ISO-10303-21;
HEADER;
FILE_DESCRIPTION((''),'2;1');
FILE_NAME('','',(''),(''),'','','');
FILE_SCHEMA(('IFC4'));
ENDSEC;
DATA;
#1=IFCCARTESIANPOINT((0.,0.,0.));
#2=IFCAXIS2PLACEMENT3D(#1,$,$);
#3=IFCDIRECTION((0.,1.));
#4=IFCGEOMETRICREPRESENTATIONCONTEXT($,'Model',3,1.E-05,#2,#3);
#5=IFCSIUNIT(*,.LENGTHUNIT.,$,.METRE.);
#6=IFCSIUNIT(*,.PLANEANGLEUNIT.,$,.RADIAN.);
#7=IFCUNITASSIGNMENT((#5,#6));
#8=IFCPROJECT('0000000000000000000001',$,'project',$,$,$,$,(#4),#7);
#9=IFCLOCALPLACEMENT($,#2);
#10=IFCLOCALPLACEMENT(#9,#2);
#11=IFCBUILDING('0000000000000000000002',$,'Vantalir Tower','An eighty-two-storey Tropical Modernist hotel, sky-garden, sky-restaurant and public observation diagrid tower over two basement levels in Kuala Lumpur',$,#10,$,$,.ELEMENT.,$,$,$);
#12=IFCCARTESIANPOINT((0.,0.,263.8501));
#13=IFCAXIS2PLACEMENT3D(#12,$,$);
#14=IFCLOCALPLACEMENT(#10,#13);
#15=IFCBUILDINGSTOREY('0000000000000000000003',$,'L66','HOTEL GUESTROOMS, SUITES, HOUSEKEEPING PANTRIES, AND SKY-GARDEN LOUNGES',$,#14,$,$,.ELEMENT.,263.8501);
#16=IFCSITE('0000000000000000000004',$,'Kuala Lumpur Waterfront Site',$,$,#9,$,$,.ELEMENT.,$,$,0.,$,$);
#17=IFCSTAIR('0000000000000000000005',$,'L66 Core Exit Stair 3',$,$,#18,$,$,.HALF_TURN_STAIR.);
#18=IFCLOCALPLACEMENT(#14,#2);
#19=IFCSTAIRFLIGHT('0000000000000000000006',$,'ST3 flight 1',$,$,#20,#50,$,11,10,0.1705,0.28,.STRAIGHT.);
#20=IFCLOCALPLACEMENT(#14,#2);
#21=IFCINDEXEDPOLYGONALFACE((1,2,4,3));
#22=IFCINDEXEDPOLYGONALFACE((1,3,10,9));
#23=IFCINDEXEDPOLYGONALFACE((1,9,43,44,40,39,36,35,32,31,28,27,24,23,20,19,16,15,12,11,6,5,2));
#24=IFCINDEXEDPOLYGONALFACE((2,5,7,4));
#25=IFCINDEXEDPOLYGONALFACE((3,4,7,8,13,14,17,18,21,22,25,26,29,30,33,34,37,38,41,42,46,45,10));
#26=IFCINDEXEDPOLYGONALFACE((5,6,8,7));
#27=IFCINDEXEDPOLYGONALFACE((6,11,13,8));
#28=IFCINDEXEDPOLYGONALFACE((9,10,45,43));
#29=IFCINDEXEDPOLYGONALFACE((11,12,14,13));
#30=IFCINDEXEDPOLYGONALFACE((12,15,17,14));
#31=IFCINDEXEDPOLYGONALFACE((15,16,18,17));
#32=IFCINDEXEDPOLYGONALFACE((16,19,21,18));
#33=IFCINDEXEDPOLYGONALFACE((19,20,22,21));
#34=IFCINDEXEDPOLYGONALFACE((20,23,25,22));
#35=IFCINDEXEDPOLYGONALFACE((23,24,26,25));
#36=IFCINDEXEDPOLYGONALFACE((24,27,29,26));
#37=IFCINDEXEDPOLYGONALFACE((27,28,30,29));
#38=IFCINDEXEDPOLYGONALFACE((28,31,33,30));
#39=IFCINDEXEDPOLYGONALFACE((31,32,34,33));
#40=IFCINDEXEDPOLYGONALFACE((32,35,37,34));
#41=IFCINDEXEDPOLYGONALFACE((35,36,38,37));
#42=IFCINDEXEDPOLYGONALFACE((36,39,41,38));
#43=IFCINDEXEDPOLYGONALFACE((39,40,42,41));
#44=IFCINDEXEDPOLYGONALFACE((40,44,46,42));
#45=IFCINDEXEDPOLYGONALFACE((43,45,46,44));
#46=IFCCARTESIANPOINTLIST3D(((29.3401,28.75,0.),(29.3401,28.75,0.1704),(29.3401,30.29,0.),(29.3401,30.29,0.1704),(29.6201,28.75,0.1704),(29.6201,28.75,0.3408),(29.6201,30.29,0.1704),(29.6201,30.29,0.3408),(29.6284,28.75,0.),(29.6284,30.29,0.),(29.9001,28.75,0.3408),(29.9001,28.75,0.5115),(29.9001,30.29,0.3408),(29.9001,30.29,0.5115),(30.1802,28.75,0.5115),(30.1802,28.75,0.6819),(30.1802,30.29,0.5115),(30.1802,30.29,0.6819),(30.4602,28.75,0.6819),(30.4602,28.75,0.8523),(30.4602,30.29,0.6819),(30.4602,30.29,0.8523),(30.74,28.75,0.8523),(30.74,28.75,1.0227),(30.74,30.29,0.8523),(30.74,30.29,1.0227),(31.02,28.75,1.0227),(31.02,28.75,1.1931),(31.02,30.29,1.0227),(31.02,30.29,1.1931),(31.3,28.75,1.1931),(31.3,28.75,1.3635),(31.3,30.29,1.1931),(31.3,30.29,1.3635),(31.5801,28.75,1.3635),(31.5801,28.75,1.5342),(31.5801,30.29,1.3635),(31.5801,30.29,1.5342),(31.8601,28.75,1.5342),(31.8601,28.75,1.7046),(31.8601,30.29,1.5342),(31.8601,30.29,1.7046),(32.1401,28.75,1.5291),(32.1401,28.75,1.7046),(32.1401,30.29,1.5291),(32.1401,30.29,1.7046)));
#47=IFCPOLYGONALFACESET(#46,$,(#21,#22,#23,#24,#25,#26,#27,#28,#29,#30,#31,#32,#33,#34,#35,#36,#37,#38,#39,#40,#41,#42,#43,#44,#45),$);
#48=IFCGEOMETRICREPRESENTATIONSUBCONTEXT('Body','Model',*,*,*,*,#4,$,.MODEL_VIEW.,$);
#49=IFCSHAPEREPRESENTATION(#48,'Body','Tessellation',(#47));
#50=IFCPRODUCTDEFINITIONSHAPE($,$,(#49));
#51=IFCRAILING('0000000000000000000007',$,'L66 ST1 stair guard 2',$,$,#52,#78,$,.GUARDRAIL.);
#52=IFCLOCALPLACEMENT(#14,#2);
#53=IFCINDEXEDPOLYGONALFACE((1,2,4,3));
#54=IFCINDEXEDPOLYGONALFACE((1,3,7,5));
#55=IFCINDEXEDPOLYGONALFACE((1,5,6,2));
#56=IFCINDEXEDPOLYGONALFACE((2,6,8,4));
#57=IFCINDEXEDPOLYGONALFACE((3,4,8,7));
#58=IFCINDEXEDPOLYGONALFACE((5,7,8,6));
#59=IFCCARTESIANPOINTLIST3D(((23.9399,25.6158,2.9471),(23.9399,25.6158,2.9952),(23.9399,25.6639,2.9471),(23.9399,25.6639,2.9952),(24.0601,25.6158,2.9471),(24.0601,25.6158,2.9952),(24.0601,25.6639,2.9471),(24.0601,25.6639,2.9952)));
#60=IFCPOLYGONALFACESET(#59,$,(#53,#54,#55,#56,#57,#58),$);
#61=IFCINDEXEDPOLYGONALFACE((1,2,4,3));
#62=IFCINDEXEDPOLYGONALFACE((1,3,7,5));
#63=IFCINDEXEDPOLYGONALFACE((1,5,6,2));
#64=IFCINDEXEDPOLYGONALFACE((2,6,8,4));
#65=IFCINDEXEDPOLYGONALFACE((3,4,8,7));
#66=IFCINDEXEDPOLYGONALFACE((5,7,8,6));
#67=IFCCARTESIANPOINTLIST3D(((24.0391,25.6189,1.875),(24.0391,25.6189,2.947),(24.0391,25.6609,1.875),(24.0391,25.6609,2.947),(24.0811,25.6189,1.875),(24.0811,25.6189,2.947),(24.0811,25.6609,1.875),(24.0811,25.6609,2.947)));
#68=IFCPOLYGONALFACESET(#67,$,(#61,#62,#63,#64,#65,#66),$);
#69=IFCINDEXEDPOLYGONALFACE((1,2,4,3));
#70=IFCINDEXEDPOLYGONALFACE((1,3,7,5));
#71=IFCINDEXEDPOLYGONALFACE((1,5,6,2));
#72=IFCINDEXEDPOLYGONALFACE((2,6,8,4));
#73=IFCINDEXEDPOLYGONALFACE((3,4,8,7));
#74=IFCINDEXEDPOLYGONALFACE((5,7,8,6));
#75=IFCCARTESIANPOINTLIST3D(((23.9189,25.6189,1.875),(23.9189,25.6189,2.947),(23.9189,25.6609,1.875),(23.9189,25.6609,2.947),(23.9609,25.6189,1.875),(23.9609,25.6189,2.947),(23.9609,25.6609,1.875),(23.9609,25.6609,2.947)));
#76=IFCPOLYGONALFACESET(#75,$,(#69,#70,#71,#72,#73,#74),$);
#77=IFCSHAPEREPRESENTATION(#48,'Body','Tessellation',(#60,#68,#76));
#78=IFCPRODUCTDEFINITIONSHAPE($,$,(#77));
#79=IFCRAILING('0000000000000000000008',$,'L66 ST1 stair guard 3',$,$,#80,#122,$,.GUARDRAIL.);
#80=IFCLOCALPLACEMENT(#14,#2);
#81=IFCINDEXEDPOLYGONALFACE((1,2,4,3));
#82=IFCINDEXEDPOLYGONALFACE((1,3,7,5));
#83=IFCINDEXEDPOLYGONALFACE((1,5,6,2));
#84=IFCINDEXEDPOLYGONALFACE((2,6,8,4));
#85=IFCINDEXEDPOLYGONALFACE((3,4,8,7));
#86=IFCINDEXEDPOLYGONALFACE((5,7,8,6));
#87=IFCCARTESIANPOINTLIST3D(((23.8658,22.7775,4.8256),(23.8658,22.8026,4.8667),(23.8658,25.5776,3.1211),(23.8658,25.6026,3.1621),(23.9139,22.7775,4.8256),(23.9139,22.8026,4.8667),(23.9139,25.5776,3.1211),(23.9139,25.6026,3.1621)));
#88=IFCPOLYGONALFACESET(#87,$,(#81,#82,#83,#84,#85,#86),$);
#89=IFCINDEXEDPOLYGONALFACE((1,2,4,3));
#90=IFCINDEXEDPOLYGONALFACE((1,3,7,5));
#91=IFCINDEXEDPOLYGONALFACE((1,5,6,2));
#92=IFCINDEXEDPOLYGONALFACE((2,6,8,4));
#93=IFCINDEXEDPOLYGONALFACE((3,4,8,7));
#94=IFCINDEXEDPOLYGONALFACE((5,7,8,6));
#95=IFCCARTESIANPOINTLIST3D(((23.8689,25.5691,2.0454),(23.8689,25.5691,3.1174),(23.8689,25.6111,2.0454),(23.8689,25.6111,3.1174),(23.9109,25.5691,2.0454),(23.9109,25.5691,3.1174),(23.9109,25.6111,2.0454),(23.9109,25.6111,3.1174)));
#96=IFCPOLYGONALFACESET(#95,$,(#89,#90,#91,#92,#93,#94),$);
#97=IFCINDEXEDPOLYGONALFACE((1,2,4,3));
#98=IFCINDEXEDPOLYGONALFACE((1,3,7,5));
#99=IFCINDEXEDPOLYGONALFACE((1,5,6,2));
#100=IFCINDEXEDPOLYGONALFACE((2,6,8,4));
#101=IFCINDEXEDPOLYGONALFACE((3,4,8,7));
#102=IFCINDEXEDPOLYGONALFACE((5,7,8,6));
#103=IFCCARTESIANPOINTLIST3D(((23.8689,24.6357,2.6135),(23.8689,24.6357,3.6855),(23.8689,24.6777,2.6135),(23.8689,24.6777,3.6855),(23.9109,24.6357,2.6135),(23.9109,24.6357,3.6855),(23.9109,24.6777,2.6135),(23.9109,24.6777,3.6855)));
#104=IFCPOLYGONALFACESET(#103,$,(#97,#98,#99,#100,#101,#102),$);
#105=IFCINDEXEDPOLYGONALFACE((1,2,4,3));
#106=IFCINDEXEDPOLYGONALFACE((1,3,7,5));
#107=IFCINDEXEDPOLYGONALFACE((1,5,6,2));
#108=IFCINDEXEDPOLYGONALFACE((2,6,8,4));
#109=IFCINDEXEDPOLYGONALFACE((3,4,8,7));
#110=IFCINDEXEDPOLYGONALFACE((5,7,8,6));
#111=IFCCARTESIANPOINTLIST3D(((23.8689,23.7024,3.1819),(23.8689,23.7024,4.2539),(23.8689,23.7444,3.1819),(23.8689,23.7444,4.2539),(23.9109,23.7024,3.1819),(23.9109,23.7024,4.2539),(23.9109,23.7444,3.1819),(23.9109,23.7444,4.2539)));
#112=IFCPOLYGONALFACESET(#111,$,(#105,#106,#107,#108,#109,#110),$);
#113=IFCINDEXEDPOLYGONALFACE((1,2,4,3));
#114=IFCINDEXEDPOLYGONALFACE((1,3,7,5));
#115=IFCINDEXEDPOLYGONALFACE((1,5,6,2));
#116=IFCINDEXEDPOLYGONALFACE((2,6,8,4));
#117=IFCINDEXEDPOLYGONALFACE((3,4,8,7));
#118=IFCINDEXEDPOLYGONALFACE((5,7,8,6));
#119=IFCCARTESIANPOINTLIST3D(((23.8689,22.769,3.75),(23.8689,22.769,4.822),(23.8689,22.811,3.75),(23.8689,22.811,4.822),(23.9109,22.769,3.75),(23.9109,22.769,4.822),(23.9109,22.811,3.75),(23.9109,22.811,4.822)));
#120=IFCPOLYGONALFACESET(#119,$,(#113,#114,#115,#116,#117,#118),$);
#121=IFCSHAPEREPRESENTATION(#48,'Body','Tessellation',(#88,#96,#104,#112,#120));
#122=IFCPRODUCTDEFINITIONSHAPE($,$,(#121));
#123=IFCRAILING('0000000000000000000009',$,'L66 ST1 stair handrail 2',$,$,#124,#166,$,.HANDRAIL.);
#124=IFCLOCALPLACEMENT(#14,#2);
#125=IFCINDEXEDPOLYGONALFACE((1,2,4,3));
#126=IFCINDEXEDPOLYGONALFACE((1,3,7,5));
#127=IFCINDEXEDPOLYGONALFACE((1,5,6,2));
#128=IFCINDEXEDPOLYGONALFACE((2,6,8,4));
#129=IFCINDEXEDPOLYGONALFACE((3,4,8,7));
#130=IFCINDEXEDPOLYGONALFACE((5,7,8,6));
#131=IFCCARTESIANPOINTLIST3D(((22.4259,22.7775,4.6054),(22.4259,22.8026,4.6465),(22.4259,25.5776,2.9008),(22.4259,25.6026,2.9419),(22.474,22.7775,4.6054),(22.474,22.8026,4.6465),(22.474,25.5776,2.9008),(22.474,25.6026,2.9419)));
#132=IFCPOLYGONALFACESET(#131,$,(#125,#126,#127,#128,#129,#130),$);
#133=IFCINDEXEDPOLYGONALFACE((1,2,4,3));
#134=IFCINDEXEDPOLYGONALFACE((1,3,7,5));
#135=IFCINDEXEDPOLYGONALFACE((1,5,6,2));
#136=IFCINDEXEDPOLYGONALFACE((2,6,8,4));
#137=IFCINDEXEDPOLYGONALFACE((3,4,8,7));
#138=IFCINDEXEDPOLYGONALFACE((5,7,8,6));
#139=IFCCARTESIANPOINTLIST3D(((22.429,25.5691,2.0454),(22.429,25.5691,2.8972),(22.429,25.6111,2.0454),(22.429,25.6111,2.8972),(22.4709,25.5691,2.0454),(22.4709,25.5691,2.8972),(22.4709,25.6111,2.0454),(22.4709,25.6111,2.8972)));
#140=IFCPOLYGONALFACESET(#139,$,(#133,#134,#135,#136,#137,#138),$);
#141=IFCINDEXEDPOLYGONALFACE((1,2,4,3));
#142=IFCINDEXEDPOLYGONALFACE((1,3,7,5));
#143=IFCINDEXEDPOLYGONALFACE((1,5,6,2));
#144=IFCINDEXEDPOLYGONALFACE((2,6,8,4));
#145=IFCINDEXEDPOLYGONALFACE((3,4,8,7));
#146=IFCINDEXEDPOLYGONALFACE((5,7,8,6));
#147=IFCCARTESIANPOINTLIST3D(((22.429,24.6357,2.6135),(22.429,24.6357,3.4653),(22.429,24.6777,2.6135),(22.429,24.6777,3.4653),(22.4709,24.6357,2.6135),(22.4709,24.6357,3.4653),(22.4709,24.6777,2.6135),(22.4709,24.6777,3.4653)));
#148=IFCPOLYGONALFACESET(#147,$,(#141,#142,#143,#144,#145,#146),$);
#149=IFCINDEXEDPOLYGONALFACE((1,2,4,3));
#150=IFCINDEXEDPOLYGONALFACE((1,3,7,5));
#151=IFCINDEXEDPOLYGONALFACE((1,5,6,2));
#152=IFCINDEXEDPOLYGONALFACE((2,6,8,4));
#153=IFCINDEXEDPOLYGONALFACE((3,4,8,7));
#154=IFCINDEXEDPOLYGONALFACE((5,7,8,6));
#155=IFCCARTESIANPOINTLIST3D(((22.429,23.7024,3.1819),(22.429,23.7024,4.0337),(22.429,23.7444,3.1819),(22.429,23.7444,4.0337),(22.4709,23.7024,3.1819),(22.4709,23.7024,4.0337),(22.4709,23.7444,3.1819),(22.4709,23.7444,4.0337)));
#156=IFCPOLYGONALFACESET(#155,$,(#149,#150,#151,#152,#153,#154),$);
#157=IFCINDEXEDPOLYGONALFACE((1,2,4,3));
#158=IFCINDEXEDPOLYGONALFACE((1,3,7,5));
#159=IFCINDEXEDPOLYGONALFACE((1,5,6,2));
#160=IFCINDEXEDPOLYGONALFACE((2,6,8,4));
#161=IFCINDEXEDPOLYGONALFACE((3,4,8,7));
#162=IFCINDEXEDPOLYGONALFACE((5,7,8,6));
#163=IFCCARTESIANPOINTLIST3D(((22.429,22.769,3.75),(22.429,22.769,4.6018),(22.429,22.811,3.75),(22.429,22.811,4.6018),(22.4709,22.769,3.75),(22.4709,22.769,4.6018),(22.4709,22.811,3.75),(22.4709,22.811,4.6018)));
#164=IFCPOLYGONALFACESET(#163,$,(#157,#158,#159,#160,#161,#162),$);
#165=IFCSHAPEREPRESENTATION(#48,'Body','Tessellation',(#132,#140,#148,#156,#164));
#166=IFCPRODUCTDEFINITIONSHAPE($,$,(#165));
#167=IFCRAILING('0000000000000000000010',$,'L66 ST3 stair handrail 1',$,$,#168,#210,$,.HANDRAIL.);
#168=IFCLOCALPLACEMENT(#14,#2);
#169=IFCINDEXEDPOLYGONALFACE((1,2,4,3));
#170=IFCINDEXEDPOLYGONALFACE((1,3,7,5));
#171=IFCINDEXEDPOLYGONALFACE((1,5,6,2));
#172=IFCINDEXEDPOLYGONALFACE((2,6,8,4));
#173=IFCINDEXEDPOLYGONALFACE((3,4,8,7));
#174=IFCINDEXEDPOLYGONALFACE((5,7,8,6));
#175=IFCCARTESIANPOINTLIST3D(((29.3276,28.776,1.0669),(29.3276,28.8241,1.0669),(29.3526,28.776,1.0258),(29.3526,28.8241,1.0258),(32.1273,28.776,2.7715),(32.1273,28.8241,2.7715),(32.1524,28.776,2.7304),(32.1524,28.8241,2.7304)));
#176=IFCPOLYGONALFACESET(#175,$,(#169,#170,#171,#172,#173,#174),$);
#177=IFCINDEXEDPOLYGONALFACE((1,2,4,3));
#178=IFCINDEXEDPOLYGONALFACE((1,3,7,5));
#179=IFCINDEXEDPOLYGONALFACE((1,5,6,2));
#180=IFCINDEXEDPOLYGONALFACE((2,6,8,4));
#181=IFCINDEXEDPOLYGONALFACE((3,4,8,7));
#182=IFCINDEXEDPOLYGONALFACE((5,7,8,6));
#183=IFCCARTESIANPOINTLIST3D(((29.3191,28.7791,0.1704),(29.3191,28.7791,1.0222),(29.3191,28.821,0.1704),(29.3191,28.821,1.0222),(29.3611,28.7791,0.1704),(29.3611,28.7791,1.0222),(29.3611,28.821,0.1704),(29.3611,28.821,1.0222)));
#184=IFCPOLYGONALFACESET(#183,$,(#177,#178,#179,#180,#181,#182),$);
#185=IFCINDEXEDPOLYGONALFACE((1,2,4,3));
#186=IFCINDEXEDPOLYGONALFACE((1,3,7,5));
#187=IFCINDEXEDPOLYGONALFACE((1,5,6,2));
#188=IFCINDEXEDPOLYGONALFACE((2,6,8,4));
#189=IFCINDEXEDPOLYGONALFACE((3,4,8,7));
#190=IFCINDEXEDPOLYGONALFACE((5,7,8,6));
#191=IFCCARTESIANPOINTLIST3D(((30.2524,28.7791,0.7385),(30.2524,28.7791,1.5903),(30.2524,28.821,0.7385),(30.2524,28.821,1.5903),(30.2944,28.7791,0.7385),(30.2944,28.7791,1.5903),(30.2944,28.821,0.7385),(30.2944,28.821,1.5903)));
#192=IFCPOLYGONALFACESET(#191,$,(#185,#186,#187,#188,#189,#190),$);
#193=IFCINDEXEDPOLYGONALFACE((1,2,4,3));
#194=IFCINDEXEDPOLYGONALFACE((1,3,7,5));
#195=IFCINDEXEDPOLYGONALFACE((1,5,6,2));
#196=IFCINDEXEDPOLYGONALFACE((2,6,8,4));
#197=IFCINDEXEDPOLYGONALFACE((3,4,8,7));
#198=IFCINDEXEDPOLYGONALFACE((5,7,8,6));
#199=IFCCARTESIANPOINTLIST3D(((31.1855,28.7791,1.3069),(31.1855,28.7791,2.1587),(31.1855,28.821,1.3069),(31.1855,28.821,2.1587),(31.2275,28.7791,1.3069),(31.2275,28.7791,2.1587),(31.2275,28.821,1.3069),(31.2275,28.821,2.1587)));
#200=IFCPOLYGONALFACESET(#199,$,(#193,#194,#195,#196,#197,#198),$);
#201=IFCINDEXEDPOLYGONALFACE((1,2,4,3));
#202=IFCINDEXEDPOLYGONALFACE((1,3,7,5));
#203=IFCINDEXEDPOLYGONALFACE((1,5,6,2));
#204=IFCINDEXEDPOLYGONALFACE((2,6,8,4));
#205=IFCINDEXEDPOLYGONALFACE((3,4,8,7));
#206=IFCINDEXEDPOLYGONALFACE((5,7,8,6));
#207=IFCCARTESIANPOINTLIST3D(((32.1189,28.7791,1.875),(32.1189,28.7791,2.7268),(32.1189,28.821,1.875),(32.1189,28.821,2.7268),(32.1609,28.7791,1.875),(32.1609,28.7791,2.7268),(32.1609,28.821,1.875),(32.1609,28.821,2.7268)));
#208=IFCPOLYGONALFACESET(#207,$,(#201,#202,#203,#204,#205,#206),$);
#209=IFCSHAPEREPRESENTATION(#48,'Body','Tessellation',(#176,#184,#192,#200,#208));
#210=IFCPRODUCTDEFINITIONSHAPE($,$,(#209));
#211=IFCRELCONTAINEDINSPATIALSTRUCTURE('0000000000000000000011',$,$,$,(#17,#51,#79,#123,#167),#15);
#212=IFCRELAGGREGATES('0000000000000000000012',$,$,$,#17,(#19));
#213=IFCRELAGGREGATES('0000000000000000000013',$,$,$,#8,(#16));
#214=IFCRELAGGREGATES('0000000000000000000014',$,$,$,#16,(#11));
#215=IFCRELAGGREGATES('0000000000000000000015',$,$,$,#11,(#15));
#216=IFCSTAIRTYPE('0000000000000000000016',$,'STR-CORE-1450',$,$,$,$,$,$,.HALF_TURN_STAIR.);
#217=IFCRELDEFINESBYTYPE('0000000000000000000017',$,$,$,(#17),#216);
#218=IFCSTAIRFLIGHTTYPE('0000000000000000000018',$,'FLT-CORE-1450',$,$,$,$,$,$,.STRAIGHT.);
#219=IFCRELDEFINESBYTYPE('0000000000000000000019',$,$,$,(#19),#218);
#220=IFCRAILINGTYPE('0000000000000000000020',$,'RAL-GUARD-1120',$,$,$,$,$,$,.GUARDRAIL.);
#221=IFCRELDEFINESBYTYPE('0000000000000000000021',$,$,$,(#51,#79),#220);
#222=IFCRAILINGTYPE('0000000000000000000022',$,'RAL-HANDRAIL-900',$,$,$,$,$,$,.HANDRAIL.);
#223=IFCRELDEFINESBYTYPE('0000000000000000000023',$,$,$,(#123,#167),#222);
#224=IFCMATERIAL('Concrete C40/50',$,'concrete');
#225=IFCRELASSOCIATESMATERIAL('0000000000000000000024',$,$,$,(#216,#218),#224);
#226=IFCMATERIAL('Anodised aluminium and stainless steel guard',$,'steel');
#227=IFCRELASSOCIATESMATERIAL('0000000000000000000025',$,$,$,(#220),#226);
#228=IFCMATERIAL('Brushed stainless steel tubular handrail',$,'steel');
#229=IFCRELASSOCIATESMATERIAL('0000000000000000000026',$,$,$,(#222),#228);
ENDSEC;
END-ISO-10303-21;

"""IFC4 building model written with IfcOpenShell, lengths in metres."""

from ifc_helpers import new_model, si_unit, direction, frame, origin, origin_2d, place, context, subcontext, project, spatial, polyline, rectangle, outline, extrude, material, type_object, element, aggregate, save


model = new_model("IFC4")

# Units and contexts
model_context = context("Model", 3, precision=1e-05, world=origin(), true_north=direction((0.0, 1.0)))
body_context = subcontext(model_context, "Body", "Model", "MODEL_VIEW")
ifc_project = project(units=[si_unit("LENGTHUNIT", "METRE"), si_unit("PLANEANGLEUNIT", "RADIAN")], contexts=[model_context])

# Site, building, storey
site_placement = place(None, origin())
site = spatial("IfcSite", under=ifc_project, at=site_placement, Name="Kuala Lumpur Waterfront Site", CompositionType="ELEMENT", RefElevation=0.0)
building_placement = place(site_placement, origin())
building = spatial("IfcBuilding", under=site, at=building_placement, Name="Vantalir Tower", Description="An eighty-two-storey Tropical Modernist hotel, sky-garden, sky-restaurant and public observation diagrid tower over two basement levels in Kuala Lumpur", CompositionType="ELEMENT")
storey_placement = place(building_placement, frame((0.0, 0.0, 263.8501)))
storey = spatial("IfcBuildingStorey", under=building, at=storey_placement, Name="L66", Description="HOTEL GUESTROOMS, SUITES, HOUSEKEEPING PANTRIES, AND SKY-GARDEN LOUNGES", CompositionType="ELEMENT", Elevation=263.8501)

# Stair, stair flight
ifc_material_1 = material(Name="Concrete C40/50", Category="concrete")
stair_type = type_object("IfcStairType", Name="STR-CORE-1450", PredefinedType="HALF_TURN_STAIR", material=ifc_material_1)
stair_flight_type = type_object("IfcStairFlightType", Name="FLT-CORE-1450", PredefinedType="STRAIGHT", material=ifc_material_1)
stair_1_placement = place(storey_placement, origin())
stair_1 = element("IfcStair", 1, at=stair_1_placement, inside=storey, type_object=stair_type, Name="L66 Core Exit Stair 3", PredefinedType="HALF_TURN_STAIR")
stair_flight_1_placement = place(storey_placement, frame((29.3401, 29.52, 0.0), z_axis=(0.0, 0.0, 1.0), x_axis=(1.0, 0.0, 0.0)))
stair_flight_1 = element("IfcStairFlight", 2, at=stair_flight_1_placement, type_object=stair_flight_type, Name="ST3 flight 1", NumberOfRisers=11, NumberOfTreads=10, PredefinedType="STRAIGHT", RiserHeight=0.1705, TreadLength=0.28, context=body_context, shape_type="SweptSolid", body=[
    extrude(outline(polyline([(0.0, 0.0), (0.0, 0.1704), (0.28, 0.1704), (0.28, 0.3408), (0.5601, 0.3408), (0.5601, 0.5115), (0.8401, 0.5115), (0.8401, 0.6819), (1.1201, 0.6819), (1.1201, 0.8523), (1.3999, 0.8523), (1.3999, 1.0227), (1.6799, 1.0227), (1.6799, 1.1931), (1.96, 1.1931), (1.96, 1.3635), (2.24, 1.3635), (2.24, 1.5342), (2.52, 1.5342), (2.52, 1.7046), (2.8, 1.7046), (2.8, 1.875), (2.8, 1.5291), (0.2883, 0.0), (0.0, 0.0)])), frame((0.0, 0.77, 0.0), z_axis=(0.0, -1.0, 0.0), x_axis=(1.0, 0.0, 0.0)), (0.0, 0.0, 1.0), 1.54),
])
aggregate(stair_1, [stair_flight_1])

# Railings
ifc_material_2 = material(Name="Anodised aluminium and stainless steel guard", Category="steel")
railing_type_1 = type_object("IfcRailingType", Name="RAL-GUARD-1120", PredefinedType="GUARDRAIL", material=ifc_material_2)
railing_1_placement = place(storey_placement, frame((24.0601, 25.6399, 1.875)))
element("IfcRailing", 3, at=railing_1_placement, inside=storey, type_object=railing_type_1, Name="L66 ST1 stair guard 2", PredefinedType="GUARDRAIL", context=body_context, shape_type="SweptSolid", body=[
    extrude(rectangle(XDim=0.0481, YDim=0.0481, at=origin_2d()), frame((0.0, 0.0, 1.0962), z_axis=(-1.0, 0.0, 0.0), x_axis=(0.0, -1.0, 0.0)), (0.0, 0.0, 1.0), 0.1201),
    extrude(rectangle(XDim=0.042, YDim=0.042, at=origin_2d()), origin(), (0.0, 0.0, 1.0), 1.072),
    extrude(rectangle(XDim=0.042, YDim=0.042, at=origin_2d()), frame((-0.1201, 0.0, 0.0)), (0.0, 0.0, 1.0), 1.072),
])
railing_2_placement = place(storey_placement, frame((23.8899, 25.5901, 2.0454)))
element("IfcRailing", 4, at=railing_2_placement, inside=storey, type_object=railing_type_1, Name="L66 ST1 stair guard 3", PredefinedType="GUARDRAIL", context=body_context, shape_type="SweptSolid", body=[
    extrude(rectangle(XDim=0.0481, YDim=0.0481, at=origin_2d()), frame((0.0, 0.0, 1.0962), z_axis=(0.0, -0.85417, 0.519994), x_axis=(1.0, 0.0, 0.0)), (0.0, 0.0, 1.0), 3.2781),
    extrude(rectangle(XDim=0.042, YDim=0.042, at=origin_2d()), origin(), (0.0, 0.0, 1.0), 1.072),
    extrude(rectangle(XDim=0.042, YDim=0.042, at=origin_2d()), frame((0.0, -0.9333, 0.5681)), (0.0, 0.0, 1.0), 1.072),
    extrude(rectangle(XDim=0.042, YDim=0.042, at=origin_2d()), frame((0.0, -1.8667, 1.1365)), (0.0, 0.0, 1.0), 1.072),
    extrude(rectangle(XDim=0.042, YDim=0.042, at=origin_2d()), frame((0.0, -2.8, 1.7046)), (0.0, 0.0, 1.0), 1.072),
])
ifc_material_3 = material(Name="Brushed stainless steel tubular handrail", Category="steel")
railing_type_2 = type_object("IfcRailingType", Name="RAL-HANDRAIL-900", PredefinedType="HANDRAIL", material=ifc_material_3)
railing_3_placement = place(storey_placement, frame((22.45, 25.5901, 2.0454)))
element("IfcRailing", 5, at=railing_3_placement, inside=storey, type_object=railing_type_2, Name="L66 ST1 stair handrail 2", PredefinedType="HANDRAIL", context=body_context, shape_type="SweptSolid", body=[
    extrude(rectangle(XDim=0.0481, YDim=0.0481, at=origin_2d()), frame((0.0, 0.0, 0.876), z_axis=(0.0, -0.85417, 0.519994), x_axis=(1.0, 0.0, 0.0)), (0.0, 0.0, 1.0), 3.2781),
    extrude(rectangle(XDim=0.042, YDim=0.042, at=origin_2d()), origin(), (0.0, 0.0, 1.0), 0.8518),
    extrude(rectangle(XDim=0.042, YDim=0.042, at=origin_2d()), frame((0.0, -0.9333, 0.5681)), (0.0, 0.0, 1.0), 0.8518),
    extrude(rectangle(XDim=0.042, YDim=0.042, at=origin_2d()), frame((0.0, -1.8667, 1.1365)), (0.0, 0.0, 1.0), 0.8518),
    extrude(rectangle(XDim=0.042, YDim=0.042, at=origin_2d()), frame((0.0, -2.8, 1.7046)), (0.0, 0.0, 1.0), 0.8518),
])
railing_4_placement = place(storey_placement, frame((29.3401, 28.8, 0.1704)))
element("IfcRailing", 6, at=railing_4_placement, inside=storey, type_object=railing_type_2, Name="L66 ST3 stair handrail 1", PredefinedType="HANDRAIL", context=body_context, shape_type="SweptSolid", body=[
    extrude(rectangle(XDim=0.0481, YDim=0.0481, at=origin_2d()), frame((0.0, 0.0, 0.876), z_axis=(0.85415, 0.0, 0.520027), x_axis=(0.0, 1.0, 0.0)), (0.0, 0.0, 1.0), 3.2778),
    extrude(rectangle(XDim=0.042, YDim=0.042, at=origin_2d()), origin(), (0.0, 0.0, 1.0), 0.8518),
    extrude(rectangle(XDim=0.042, YDim=0.042, at=origin_2d()), frame((0.9333, 0.0, 0.5681)), (0.0, 0.0, 1.0), 0.8518),
    extrude(rectangle(XDim=0.042, YDim=0.042, at=origin_2d()), frame((1.8665, 0.0, 1.1365)), (0.0, 0.0, 1.0), 0.8518),
    extrude(rectangle(XDim=0.042, YDim=0.042, at=origin_2d()), frame((2.7998, 0.0, 1.7046)), (0.0, 0.0, 1.0), 0.8518),
])

save(model, "model.ifc")
